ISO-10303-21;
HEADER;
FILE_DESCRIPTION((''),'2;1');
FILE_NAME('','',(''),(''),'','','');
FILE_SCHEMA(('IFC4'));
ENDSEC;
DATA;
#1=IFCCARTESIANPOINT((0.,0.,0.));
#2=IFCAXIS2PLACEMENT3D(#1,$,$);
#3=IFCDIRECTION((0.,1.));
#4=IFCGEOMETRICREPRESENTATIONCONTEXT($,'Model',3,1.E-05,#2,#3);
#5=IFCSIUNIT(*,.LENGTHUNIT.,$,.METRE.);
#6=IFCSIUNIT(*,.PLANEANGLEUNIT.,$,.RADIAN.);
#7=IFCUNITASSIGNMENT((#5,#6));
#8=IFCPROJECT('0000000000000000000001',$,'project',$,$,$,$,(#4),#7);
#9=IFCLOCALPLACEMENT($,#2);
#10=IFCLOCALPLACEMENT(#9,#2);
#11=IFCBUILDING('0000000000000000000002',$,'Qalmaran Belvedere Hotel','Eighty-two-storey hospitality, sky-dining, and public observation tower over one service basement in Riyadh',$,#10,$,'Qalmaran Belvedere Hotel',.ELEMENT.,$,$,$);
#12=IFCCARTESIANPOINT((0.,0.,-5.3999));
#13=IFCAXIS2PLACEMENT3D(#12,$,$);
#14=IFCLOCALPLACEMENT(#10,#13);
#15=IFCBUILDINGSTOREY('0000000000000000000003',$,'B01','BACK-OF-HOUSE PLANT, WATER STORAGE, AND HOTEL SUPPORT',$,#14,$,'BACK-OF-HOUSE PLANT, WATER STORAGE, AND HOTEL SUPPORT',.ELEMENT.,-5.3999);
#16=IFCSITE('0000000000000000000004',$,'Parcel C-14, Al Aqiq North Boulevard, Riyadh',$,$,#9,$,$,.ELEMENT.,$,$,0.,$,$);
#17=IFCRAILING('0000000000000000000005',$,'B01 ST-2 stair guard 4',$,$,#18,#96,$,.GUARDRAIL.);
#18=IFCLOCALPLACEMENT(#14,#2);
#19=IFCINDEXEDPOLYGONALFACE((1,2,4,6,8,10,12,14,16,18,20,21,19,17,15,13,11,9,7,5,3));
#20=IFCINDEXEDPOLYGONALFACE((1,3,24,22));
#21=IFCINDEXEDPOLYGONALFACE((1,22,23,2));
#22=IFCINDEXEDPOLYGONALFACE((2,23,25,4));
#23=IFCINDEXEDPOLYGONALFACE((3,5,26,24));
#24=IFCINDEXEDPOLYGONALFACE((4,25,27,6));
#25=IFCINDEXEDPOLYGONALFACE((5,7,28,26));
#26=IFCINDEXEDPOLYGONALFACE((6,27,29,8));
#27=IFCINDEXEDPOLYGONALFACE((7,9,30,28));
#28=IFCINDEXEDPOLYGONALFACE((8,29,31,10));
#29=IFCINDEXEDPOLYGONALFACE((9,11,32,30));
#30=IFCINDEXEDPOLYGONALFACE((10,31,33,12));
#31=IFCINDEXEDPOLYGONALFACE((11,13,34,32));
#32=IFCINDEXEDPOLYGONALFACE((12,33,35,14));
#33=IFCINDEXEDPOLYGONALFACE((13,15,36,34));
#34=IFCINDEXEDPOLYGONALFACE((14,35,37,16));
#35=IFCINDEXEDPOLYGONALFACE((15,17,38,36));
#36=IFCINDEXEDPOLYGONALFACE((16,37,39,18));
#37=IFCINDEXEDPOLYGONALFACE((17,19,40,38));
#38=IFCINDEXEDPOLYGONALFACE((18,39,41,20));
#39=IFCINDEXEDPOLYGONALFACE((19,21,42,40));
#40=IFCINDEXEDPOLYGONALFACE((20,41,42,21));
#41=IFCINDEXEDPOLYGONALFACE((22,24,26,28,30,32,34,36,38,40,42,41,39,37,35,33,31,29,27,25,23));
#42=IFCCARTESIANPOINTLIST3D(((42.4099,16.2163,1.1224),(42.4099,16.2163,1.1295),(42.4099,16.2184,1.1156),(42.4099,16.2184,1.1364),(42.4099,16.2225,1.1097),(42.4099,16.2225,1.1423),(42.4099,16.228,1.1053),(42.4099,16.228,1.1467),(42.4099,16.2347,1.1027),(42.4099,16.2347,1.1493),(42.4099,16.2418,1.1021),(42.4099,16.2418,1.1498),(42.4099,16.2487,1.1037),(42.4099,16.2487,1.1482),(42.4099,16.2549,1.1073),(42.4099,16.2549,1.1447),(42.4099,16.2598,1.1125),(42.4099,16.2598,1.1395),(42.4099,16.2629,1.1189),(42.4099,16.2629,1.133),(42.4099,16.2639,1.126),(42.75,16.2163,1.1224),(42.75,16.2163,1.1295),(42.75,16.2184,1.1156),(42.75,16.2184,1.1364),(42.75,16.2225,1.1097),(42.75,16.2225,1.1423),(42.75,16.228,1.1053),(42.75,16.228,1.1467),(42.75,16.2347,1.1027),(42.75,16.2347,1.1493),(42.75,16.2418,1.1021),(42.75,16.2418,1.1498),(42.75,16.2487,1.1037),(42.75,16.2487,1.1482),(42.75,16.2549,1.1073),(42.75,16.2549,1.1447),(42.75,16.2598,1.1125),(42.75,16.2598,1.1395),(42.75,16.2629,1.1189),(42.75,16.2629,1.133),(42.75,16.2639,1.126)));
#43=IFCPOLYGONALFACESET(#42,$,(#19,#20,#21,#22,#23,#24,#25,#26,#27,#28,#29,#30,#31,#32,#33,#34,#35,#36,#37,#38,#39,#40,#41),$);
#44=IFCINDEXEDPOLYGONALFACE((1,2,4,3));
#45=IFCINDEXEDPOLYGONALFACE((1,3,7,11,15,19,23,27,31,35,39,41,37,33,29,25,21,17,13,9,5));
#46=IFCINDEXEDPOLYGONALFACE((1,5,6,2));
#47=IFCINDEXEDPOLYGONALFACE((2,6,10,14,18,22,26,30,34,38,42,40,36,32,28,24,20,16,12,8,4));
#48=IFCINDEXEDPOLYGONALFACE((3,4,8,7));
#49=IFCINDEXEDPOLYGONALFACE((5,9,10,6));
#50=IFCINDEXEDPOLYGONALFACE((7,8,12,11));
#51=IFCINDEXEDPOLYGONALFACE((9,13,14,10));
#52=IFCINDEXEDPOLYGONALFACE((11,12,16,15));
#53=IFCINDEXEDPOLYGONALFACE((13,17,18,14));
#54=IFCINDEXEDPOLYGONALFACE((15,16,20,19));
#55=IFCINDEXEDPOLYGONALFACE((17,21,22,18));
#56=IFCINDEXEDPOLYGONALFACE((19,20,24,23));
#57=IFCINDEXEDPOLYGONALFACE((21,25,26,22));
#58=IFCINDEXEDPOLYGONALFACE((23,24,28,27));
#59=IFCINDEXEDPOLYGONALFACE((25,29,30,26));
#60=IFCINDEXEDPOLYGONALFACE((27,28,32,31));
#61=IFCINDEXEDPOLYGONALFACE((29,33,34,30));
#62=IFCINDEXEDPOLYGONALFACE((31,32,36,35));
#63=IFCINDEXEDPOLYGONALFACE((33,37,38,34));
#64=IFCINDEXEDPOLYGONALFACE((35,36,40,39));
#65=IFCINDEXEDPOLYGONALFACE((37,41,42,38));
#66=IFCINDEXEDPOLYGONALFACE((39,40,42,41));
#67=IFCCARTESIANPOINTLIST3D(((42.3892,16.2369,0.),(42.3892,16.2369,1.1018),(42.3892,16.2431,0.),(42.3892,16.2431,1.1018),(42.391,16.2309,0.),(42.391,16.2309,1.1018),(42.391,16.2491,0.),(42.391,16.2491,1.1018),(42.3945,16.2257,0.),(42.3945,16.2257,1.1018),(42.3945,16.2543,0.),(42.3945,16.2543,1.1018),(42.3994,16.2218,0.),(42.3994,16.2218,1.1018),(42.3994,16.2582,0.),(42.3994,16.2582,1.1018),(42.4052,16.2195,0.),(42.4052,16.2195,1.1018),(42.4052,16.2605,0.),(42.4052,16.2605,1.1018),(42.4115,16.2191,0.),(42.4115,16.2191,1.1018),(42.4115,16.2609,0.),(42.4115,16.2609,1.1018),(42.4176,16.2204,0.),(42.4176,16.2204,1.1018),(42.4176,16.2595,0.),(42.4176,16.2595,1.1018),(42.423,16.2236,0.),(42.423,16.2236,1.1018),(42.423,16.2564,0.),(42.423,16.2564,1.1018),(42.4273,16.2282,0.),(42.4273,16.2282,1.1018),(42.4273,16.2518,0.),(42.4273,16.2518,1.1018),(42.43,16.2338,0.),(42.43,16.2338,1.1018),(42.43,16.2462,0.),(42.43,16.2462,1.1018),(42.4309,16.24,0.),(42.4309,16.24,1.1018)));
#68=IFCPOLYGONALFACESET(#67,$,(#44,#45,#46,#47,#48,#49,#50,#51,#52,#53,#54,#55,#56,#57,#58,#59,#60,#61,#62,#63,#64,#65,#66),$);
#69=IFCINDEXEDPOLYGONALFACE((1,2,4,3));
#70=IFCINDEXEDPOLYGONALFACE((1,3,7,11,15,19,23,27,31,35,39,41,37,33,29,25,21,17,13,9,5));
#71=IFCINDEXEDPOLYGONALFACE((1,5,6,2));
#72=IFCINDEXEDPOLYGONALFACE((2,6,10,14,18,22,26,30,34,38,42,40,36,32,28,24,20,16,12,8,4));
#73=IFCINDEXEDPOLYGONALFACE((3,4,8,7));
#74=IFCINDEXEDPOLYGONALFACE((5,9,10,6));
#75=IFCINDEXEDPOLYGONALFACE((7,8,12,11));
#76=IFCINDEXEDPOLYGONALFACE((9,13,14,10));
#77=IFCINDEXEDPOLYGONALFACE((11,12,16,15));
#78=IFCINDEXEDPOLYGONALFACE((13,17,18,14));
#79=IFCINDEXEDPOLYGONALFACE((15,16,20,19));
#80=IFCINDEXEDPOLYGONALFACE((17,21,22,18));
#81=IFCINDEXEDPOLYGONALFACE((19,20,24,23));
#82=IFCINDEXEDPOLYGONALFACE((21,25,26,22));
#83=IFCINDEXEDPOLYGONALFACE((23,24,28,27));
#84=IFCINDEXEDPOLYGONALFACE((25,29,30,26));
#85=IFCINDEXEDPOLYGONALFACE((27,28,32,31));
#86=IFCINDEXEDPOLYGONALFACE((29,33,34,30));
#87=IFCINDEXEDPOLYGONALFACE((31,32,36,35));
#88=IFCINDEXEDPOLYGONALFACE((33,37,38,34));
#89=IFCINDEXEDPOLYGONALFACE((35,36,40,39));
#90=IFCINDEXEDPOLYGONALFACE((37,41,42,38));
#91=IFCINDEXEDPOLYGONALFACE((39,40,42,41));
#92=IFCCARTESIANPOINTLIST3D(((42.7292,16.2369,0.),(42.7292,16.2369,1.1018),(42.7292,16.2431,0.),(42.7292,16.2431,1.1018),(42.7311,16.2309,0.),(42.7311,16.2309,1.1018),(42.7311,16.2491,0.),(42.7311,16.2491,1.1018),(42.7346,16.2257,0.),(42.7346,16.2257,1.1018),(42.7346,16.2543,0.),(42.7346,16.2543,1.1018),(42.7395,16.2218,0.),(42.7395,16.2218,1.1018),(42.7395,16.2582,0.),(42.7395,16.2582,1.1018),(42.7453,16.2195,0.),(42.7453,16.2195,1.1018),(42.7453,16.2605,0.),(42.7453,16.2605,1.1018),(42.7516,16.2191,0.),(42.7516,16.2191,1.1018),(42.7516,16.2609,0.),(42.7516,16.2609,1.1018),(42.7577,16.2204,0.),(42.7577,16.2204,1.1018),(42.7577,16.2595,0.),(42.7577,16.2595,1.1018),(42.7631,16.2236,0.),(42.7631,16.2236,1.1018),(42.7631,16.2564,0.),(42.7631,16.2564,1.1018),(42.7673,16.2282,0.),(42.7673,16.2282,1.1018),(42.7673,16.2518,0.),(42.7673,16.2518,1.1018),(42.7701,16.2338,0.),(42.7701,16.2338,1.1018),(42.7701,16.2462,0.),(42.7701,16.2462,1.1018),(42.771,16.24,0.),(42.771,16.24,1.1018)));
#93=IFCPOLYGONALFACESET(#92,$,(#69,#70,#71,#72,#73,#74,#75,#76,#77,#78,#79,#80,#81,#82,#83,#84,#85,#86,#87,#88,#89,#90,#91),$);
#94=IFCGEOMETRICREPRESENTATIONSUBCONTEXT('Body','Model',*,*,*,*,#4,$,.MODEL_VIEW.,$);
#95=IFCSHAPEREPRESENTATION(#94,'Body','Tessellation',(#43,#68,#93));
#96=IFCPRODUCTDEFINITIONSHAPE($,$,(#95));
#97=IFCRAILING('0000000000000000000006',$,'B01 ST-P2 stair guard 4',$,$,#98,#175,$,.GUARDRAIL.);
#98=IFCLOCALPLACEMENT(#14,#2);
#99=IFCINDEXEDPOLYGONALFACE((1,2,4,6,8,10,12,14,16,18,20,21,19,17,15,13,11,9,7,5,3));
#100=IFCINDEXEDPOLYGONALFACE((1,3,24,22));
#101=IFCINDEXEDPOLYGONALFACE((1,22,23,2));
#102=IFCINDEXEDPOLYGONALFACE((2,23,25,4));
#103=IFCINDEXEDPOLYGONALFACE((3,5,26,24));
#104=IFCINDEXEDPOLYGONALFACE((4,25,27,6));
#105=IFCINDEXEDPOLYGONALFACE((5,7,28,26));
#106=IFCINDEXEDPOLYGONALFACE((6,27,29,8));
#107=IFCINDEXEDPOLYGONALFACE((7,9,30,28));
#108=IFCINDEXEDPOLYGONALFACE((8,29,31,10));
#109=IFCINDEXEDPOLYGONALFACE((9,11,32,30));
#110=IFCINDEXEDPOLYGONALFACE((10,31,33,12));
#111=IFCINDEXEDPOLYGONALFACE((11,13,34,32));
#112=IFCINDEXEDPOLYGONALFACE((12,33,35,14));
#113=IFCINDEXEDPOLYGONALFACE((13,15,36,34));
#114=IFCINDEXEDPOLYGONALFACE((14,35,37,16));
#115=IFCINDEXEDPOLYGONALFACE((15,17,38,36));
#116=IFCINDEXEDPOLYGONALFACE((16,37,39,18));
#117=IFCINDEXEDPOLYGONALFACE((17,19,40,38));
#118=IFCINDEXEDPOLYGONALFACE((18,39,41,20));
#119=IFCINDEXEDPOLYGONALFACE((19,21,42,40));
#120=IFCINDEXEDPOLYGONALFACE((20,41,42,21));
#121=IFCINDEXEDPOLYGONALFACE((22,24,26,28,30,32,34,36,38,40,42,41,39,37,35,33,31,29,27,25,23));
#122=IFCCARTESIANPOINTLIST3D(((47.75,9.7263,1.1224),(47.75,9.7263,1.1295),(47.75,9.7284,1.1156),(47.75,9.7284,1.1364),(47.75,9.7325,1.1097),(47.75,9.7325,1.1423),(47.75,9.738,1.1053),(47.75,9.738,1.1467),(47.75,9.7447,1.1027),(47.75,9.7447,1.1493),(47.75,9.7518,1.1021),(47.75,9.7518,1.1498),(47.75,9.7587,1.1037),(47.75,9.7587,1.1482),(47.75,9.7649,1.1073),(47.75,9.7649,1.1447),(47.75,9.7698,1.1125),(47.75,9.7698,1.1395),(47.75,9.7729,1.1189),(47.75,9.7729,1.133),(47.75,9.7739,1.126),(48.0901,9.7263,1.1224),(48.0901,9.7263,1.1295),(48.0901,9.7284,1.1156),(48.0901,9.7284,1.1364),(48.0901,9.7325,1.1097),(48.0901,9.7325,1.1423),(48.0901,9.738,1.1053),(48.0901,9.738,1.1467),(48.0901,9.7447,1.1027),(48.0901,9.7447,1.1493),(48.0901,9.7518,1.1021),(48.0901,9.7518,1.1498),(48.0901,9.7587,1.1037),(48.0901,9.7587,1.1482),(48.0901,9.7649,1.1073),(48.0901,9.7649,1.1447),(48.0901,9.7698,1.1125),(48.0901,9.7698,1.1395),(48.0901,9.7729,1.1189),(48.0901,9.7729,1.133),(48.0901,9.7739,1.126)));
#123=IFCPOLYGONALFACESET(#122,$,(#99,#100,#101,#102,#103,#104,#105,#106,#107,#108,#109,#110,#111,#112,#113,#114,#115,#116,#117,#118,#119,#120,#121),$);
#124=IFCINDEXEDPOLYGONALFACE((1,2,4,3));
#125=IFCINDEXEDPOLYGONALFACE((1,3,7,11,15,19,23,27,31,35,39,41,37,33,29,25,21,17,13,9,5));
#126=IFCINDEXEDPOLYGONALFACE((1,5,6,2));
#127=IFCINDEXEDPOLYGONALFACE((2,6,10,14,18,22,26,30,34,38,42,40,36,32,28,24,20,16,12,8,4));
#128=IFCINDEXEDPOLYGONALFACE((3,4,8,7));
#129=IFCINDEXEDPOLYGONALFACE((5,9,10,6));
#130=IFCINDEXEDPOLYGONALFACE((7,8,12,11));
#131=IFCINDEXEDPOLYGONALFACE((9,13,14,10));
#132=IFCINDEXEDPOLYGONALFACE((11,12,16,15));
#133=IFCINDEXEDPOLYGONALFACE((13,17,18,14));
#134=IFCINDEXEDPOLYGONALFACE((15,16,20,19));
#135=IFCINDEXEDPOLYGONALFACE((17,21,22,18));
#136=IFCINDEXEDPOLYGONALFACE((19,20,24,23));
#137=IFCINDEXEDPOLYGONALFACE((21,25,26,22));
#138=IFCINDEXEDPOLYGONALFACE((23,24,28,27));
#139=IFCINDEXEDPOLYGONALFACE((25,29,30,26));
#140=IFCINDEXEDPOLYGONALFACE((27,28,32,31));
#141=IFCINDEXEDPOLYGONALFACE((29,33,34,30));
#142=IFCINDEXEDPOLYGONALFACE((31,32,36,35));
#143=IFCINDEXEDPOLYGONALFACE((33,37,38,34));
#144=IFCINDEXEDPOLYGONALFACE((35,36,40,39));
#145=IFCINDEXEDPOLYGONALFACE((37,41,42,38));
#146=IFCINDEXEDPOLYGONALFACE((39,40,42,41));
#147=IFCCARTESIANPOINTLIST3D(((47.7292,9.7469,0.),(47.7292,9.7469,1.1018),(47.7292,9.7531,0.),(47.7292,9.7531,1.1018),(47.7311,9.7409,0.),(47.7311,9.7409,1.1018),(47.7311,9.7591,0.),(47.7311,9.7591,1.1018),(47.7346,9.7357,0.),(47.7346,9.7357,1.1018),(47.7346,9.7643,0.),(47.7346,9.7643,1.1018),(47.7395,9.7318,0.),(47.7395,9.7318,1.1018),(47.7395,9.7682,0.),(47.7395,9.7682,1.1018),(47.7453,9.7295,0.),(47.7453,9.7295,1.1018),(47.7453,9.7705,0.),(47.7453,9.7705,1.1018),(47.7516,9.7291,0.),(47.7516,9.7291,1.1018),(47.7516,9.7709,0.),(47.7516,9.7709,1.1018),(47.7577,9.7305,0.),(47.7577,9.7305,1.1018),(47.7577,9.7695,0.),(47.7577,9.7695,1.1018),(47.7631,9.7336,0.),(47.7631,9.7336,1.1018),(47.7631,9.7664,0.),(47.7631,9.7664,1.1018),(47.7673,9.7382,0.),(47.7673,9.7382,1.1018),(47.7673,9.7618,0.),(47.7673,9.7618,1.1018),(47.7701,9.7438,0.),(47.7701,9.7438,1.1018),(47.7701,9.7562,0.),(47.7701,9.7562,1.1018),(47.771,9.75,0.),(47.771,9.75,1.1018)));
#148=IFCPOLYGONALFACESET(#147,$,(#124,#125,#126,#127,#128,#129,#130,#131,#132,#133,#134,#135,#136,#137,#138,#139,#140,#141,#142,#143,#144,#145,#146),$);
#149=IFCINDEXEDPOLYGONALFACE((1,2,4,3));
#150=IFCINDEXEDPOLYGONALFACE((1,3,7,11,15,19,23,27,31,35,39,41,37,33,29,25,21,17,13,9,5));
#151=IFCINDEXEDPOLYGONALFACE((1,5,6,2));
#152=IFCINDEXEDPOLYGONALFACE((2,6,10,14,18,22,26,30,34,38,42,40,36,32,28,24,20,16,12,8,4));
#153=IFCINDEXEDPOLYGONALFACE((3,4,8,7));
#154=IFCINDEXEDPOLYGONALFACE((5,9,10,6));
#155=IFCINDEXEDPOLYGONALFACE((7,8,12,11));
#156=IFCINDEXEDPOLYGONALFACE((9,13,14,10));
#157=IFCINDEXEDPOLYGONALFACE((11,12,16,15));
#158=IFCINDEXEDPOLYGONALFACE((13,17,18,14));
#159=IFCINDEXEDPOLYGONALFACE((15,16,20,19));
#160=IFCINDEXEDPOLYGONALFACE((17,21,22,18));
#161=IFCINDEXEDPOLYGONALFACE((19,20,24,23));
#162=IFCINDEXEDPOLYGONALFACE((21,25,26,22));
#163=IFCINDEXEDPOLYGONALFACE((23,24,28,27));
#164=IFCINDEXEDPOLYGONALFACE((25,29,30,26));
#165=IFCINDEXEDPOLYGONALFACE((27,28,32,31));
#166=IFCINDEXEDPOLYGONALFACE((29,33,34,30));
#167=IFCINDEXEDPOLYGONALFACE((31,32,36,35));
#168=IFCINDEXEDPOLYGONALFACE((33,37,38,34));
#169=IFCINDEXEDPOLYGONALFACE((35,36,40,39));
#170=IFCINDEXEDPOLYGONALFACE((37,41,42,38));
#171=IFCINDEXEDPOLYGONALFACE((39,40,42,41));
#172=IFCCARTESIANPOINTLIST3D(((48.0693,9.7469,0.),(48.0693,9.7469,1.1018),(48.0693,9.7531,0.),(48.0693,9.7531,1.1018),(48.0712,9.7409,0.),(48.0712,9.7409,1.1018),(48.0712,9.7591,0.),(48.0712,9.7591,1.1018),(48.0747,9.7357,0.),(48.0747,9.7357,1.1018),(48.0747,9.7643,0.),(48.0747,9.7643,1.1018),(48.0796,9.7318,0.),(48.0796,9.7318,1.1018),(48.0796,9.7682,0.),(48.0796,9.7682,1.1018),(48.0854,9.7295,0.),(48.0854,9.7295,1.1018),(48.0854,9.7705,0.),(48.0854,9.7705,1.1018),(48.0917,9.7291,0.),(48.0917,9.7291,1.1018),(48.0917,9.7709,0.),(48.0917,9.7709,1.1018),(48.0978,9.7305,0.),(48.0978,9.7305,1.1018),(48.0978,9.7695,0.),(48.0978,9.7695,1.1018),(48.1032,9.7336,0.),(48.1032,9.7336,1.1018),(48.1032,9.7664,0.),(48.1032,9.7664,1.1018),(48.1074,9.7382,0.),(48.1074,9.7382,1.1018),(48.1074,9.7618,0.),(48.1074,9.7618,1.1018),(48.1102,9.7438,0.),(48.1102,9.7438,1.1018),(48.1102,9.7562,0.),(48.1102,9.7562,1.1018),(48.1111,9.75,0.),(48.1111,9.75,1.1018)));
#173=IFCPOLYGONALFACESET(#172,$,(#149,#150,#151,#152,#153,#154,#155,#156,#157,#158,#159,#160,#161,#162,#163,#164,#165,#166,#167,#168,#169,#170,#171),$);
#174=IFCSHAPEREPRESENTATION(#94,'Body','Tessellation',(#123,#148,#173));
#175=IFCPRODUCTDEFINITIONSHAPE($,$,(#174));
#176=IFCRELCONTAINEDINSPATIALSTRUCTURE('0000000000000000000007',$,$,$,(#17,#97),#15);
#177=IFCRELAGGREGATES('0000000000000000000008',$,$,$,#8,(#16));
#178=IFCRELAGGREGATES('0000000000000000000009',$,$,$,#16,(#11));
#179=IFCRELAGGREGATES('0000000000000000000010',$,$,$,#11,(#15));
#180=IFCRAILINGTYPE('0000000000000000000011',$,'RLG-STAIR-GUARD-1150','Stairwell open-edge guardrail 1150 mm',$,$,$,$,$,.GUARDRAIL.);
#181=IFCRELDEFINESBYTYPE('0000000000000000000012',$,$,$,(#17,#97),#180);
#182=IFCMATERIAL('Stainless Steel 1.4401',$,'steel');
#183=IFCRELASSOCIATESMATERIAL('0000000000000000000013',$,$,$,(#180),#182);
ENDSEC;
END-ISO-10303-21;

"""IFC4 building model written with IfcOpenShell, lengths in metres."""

from ifc_helpers import new_model, si_unit, direction, frame, origin, origin_2d, place, context, subcontext, project, spatial, circle, extrude, material, type_object, element, save


model = new_model("IFC4")

# Units and contexts
model_context = context("Model", 3, precision=1e-05, world=origin(), true_north=direction((0.0, 1.0)))
body_context = subcontext(model_context, "Body", "Model", "MODEL_VIEW")
ifc_project = project(units=[si_unit("LENGTHUNIT", "METRE"), si_unit("PLANEANGLEUNIT", "RADIAN")], contexts=[model_context])

# Site, building, storey
site_placement = place(None, origin())
site = spatial("IfcSite", under=ifc_project, at=site_placement, Name="Parcel C-14, Al Aqiq North Boulevard, Riyadh", CompositionType="ELEMENT", RefElevation=0.0)
building_placement = place(site_placement, origin())
building = spatial("IfcBuilding", under=site, at=building_placement, Name="Qalmaran Belvedere Hotel", Description="Eighty-two-storey hospitality, sky-dining, and public observation tower over one service basement in Riyadh", LongName="Qalmaran Belvedere Hotel", CompositionType="ELEMENT")
storey_placement = place(building_placement, frame((0.0, 0.0, -5.3999)))
storey = spatial("IfcBuildingStorey", under=building, at=storey_placement, Name="B01", Description="BACK-OF-HOUSE PLANT, WATER STORAGE, AND HOTEL SUPPORT", LongName="BACK-OF-HOUSE PLANT, WATER STORAGE, AND HOTEL SUPPORT", CompositionType="ELEMENT", Elevation=-5.3999)

# Railings
ifc_material_1 = material(Name="Stainless Steel 1.4401", Category="steel")
railing_type_1 = type_object("IfcRailingType", Name="RLG-STAIR-GUARD-1150", Description="Stairwell open-edge guardrail 1150 mm", PredefinedType="GUARDRAIL", material=ifc_material_1)
for number, where, name in (
    (1, (42.4099, 16.24, 0.0), "B01 ST-2 stair guard 4"),
    (2, (47.75, 9.75, 0.0), "B01 ST-P2 stair guard 4"),
):
    element("IfcRailing", number, at=place(storey_placement, frame(where)), inside=storey, type_object=railing_type_1, Name=name, PredefinedType="GUARDRAIL", context=body_context, shape_type="SweptSolid", body=[
        extrude(circle(Radius=0.0239, at=origin_2d()), frame((0.0, 0.0, 1.126), z_axis=(1.0, 0.0, 0.0), x_axis=(0.0, 1.0, 0.0)), (0.0, 0.0, 1.0), 0.3401),
        extrude(circle(Radius=0.021, at=origin_2d()), origin(), (0.0, 0.0, 1.0), 1.1018),
        extrude(circle(Radius=0.021, at=origin_2d()), frame((0.3401, 0.0, 0.0)), (0.0, 0.0, 1.0), 1.1018),
    ])

save(model, "model.ifc")
